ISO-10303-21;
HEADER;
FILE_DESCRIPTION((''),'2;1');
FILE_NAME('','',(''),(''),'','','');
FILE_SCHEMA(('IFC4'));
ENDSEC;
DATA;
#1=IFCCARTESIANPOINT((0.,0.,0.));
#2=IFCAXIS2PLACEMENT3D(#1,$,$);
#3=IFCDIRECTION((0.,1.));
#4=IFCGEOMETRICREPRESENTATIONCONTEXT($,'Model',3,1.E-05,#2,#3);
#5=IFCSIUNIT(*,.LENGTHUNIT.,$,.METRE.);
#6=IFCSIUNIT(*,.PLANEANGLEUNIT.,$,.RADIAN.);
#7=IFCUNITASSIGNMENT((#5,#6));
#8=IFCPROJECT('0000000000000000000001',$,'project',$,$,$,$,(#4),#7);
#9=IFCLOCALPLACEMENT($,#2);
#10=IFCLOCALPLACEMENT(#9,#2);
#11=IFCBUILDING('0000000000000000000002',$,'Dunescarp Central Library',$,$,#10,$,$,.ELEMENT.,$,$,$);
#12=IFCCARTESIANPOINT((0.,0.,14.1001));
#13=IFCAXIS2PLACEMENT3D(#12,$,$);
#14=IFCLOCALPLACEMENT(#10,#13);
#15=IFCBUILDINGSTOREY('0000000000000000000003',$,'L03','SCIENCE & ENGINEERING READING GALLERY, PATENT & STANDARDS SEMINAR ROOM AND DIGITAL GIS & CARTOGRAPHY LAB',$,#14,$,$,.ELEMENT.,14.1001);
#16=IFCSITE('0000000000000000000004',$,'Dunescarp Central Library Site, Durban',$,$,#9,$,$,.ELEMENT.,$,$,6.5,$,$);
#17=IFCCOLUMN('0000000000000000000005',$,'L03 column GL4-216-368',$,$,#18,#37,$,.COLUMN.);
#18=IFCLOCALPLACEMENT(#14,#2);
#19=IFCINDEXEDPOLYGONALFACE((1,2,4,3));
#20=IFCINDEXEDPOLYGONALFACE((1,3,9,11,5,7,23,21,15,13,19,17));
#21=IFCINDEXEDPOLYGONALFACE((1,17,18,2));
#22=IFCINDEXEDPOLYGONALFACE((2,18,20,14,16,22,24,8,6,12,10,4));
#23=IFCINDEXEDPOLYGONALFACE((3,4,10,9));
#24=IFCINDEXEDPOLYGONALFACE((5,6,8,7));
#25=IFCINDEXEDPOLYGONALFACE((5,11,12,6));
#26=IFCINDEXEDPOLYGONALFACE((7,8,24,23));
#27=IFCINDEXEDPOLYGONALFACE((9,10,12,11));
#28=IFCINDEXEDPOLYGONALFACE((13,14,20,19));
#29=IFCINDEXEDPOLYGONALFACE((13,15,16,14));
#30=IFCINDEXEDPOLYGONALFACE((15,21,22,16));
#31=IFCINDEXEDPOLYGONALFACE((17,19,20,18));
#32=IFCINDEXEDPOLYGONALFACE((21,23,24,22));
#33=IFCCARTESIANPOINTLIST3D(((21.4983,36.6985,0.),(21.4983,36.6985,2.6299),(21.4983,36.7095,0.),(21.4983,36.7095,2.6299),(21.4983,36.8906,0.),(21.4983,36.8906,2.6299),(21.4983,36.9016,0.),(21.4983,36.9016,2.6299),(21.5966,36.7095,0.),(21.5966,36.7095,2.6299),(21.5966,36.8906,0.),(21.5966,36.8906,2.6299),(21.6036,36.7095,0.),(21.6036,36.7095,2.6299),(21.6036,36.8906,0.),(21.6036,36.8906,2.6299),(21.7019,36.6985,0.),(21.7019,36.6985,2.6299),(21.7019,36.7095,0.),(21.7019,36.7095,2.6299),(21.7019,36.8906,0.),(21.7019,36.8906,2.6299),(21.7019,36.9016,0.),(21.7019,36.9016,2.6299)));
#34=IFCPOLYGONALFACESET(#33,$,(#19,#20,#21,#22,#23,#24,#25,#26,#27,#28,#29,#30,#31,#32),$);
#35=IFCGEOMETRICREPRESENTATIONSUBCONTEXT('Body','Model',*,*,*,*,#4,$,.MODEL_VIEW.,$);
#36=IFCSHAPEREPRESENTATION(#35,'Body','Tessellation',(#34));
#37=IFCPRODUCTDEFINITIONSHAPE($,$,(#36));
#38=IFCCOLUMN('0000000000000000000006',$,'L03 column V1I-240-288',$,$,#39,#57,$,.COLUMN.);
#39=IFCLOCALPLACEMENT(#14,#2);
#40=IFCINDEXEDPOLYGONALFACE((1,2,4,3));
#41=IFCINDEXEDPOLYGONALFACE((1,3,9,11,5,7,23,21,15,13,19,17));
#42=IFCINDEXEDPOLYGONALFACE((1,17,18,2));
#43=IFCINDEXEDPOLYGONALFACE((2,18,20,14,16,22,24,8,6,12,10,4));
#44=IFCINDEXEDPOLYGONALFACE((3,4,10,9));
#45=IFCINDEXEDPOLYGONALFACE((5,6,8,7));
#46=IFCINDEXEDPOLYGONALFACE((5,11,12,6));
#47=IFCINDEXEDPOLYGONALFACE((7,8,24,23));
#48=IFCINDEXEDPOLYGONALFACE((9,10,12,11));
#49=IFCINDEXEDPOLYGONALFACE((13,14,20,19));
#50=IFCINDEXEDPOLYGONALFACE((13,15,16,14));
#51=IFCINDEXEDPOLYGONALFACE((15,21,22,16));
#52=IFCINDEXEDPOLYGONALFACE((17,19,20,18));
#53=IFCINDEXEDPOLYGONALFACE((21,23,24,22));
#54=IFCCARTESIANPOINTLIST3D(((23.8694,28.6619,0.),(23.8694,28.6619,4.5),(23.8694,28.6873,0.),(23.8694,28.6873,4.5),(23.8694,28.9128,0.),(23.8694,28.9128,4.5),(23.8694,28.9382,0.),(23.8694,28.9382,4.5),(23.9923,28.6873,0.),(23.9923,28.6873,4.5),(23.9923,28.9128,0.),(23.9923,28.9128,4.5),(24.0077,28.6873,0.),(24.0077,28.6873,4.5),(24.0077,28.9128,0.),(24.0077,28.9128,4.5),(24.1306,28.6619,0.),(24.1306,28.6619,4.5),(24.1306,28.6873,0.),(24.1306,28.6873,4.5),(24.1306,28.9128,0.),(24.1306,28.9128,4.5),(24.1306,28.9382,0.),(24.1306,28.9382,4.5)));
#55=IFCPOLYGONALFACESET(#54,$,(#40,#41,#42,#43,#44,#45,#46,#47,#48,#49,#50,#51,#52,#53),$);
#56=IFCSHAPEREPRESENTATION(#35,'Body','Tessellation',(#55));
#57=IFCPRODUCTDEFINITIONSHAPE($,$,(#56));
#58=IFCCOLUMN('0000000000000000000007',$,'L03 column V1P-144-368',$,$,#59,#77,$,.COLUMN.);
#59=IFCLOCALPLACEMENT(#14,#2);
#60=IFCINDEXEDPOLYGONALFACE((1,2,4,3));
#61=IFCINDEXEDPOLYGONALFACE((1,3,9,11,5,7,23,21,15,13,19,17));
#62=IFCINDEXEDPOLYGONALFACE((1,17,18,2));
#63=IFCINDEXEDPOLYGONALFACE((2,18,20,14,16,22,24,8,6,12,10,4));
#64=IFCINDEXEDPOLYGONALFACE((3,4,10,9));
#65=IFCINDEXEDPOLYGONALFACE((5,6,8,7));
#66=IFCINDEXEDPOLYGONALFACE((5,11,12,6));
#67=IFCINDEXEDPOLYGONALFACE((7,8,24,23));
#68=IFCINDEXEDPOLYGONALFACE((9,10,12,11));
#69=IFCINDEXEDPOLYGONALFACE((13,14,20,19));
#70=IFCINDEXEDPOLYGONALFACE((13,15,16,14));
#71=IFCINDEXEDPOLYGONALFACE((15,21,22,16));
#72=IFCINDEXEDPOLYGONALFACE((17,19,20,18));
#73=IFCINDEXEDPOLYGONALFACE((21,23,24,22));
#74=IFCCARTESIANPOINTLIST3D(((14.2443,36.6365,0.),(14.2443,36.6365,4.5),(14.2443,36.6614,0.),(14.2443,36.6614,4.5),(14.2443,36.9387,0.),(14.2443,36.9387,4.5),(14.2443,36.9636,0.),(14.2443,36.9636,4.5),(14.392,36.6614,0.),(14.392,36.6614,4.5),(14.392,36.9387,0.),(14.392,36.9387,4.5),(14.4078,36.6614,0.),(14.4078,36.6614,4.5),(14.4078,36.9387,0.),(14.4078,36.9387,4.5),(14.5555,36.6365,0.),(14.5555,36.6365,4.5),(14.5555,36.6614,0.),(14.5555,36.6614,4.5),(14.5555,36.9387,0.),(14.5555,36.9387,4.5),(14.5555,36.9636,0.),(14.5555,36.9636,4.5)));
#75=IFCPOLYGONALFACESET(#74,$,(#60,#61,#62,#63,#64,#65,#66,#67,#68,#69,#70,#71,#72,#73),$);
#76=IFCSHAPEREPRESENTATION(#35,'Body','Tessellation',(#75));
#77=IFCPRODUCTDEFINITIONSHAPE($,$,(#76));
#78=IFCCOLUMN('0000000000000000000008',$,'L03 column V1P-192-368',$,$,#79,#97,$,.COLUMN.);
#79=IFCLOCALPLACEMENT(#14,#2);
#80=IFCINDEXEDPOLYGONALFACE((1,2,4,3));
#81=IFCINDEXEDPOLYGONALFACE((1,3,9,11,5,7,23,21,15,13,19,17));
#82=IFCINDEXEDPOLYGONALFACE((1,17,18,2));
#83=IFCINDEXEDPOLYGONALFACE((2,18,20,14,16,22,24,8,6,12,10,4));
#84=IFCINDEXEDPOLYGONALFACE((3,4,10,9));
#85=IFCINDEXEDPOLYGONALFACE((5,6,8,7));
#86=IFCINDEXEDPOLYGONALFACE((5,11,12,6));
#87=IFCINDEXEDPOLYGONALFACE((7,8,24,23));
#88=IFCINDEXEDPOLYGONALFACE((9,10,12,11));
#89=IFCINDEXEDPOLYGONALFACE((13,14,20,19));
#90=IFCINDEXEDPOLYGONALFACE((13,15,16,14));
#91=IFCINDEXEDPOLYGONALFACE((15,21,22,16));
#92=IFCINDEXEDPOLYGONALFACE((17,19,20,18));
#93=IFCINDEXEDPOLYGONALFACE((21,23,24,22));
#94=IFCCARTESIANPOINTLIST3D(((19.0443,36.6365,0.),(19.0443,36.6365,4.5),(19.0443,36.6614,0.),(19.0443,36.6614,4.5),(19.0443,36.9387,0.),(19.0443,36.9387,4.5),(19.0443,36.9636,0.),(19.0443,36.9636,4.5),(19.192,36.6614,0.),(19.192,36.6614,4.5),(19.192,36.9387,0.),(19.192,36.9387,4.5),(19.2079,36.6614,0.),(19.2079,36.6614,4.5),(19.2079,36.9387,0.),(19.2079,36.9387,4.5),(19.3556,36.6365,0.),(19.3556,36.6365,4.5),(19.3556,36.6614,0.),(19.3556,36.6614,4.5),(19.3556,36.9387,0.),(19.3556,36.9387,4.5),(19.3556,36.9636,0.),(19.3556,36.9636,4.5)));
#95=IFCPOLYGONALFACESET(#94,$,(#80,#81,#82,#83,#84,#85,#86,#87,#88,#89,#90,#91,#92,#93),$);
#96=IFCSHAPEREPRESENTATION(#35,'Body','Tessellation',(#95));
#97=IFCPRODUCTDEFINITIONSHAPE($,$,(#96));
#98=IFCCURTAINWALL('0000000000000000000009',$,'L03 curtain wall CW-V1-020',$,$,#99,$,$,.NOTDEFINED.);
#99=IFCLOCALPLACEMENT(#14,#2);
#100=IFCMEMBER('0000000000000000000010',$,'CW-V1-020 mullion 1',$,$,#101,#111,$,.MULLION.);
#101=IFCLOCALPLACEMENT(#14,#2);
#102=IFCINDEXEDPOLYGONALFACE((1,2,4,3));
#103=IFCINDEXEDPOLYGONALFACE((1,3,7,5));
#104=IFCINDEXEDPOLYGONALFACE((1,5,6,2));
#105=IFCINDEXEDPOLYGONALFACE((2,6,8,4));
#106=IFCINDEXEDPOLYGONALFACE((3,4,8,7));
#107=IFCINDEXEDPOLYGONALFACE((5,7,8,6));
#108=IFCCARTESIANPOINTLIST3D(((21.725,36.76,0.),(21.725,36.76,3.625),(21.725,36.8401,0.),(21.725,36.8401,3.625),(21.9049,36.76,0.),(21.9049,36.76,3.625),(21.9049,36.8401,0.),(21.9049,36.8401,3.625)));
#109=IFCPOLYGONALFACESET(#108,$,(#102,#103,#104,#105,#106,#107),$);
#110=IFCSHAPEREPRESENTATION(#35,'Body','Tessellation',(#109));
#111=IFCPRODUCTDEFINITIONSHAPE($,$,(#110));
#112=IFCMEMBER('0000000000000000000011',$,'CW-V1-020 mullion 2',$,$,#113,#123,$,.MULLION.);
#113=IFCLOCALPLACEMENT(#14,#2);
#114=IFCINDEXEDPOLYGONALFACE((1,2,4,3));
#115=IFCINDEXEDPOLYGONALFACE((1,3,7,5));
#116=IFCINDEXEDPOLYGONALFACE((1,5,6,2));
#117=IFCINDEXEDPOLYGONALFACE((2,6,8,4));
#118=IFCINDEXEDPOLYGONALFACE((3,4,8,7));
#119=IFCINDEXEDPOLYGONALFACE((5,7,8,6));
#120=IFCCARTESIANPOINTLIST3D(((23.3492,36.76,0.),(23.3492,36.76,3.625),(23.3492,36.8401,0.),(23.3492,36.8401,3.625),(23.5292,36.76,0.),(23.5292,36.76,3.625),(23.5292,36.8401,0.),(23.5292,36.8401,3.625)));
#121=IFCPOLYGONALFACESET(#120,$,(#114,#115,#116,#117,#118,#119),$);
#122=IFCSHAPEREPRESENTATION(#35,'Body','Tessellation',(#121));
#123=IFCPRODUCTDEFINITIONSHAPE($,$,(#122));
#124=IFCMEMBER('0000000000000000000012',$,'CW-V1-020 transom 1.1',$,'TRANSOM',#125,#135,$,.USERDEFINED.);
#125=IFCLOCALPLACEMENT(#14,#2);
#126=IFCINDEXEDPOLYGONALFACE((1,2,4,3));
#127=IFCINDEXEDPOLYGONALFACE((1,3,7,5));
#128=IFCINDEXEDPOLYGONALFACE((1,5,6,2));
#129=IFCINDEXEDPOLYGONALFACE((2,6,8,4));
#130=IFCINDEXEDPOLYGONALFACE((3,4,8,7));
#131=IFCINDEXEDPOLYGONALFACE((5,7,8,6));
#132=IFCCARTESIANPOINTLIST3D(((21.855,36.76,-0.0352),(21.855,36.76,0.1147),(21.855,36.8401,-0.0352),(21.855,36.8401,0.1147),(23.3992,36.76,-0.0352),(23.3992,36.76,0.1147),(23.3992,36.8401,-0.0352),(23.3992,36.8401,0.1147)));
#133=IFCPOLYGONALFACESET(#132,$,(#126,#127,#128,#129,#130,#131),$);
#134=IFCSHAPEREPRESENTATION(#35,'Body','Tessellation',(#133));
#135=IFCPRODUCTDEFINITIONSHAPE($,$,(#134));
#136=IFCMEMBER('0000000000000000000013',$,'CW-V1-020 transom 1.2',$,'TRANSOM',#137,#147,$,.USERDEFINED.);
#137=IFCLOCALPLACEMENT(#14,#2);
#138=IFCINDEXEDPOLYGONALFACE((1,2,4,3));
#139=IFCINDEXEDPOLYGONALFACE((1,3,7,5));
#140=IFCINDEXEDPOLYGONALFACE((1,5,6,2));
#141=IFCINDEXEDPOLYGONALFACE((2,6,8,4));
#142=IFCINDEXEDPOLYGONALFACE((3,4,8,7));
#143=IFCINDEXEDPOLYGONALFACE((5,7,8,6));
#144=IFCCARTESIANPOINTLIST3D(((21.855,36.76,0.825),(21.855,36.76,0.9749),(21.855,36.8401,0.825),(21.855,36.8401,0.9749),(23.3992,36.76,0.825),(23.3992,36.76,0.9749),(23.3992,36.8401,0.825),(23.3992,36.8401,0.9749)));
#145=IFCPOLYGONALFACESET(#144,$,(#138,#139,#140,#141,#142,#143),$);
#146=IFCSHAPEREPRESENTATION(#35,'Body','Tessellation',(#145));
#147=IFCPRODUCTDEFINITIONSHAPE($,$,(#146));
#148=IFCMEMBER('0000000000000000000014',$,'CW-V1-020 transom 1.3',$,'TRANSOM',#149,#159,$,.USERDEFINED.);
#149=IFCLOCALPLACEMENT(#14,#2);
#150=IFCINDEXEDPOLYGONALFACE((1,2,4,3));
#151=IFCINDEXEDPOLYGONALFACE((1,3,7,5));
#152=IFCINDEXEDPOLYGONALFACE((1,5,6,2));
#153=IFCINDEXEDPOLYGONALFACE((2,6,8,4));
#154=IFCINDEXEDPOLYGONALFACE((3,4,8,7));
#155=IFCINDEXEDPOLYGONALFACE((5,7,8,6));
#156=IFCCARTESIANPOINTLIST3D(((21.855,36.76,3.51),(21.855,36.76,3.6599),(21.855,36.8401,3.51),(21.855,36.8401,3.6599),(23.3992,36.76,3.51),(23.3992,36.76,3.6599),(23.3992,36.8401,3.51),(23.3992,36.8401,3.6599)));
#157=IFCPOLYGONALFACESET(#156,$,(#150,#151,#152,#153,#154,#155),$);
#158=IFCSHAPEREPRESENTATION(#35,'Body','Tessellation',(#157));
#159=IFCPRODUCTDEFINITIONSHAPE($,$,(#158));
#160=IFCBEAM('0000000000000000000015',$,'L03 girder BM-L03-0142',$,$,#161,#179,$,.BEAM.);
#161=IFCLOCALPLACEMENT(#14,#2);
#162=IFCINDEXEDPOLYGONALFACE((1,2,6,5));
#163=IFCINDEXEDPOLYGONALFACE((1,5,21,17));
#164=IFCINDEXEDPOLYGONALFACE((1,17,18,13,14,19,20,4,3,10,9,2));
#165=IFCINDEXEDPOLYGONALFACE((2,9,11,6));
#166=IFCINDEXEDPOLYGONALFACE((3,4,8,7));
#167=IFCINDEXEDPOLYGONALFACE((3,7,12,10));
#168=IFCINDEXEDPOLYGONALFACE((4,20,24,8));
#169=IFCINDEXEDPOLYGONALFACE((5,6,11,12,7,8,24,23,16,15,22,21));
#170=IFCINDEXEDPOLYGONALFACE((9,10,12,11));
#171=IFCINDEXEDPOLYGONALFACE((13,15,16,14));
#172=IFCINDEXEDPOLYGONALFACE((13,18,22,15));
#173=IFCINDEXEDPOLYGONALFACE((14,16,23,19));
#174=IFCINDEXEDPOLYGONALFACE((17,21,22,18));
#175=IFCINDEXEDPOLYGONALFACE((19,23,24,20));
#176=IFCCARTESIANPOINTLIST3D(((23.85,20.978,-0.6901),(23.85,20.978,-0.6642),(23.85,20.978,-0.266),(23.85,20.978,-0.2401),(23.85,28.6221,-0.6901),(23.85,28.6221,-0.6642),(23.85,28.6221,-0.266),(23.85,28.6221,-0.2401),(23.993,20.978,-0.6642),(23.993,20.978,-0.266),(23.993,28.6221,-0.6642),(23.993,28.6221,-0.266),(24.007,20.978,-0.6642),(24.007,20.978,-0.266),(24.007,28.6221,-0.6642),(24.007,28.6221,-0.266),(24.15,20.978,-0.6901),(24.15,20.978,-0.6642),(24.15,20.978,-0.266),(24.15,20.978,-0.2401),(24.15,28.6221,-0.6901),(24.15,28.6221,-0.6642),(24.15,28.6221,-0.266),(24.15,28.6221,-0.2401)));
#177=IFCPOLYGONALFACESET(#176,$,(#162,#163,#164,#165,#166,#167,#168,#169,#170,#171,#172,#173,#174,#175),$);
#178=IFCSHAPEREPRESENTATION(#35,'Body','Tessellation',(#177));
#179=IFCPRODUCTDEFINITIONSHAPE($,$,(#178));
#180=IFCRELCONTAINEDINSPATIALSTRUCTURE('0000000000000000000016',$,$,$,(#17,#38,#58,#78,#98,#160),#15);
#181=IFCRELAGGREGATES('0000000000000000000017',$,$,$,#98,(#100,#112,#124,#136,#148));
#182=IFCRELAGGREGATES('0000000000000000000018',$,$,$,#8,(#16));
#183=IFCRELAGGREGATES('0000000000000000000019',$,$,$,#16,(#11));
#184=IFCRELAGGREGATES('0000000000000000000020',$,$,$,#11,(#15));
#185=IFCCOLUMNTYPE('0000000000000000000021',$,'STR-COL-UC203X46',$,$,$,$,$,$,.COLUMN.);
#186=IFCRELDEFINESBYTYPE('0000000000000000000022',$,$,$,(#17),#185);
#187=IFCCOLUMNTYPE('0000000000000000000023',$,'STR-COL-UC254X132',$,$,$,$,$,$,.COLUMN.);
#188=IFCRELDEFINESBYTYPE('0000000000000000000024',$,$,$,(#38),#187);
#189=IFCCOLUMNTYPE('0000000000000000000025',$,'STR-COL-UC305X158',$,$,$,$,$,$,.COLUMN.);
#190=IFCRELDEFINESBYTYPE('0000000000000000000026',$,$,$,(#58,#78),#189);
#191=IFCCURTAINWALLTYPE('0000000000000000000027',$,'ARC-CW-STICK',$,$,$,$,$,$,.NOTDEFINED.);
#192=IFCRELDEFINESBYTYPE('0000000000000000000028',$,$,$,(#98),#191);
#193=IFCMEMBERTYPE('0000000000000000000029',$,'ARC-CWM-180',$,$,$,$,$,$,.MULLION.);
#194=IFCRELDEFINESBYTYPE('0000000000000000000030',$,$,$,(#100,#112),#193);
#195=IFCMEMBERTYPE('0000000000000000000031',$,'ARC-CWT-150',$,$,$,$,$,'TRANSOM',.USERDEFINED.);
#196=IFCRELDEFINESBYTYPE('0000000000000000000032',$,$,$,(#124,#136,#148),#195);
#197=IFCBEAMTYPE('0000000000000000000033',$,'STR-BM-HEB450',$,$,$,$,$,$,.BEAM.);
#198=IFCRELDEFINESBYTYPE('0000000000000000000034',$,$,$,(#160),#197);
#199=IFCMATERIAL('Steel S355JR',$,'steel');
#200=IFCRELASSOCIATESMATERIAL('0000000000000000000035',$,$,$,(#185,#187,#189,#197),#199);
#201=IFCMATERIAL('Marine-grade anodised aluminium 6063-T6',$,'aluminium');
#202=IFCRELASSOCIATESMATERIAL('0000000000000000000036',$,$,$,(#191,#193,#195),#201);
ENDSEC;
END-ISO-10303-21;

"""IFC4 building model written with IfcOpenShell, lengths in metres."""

from ifc_helpers import new_model, si_unit, direction, frame, origin, origin_2d, place, context, subcontext, project, spatial, rectangle, i_section, extrude, material, material_profile, profile_set, type_object, element, aggregate, save


model = new_model("IFC4")

# Units and contexts
model_context = context("Model", 3, precision=1e-05, world=origin(), true_north=direction((0.0, 1.0)))
body_context = subcontext(model_context, "Body", "Model", "MODEL_VIEW")
ifc_project = project(units=[si_unit("LENGTHUNIT", "METRE"), si_unit("PLANEANGLEUNIT", "RADIAN")], contexts=[model_context])

# Site, building, storey
site_placement = place(None, origin())
site = spatial("IfcSite", under=ifc_project, at=site_placement, Name="Dunescarp Central Library Site, Durban", CompositionType="ELEMENT", RefElevation=6.5)
building_placement = place(site_placement, origin())
building = spatial("IfcBuilding", under=site, at=building_placement, Name="Dunescarp Central Library", CompositionType="ELEMENT")
storey_placement = place(building_placement, frame((0.0, 0.0, 14.1001)))
storey = spatial("IfcBuildingStorey", under=building, at=storey_placement, Name="L03", Description="SCIENCE & ENGINEERING READING GALLERY, PATENT & STANDARDS SEMINAR ROOM AND DIGITAL GIS & CARTOGRAPHY LAB", CompositionType="ELEMENT", Elevation=14.1001)

# Columns
ifc_material_1 = material(Name="Steel S355JR", Category="steel")
ifc_material_profile_1 = material_profile(ifc_material_1, i_section(OverallWidth=0.2036, OverallDepth=0.2031, WebThickness=0.0071, FlangeThickness=0.011, at=origin_2d()), Name="UC 203x203x46")
ifc_profile_set_1 = profile_set([ifc_material_profile_1], Name="Steel S355JR")
column_type_1 = type_object("IfcColumnType", Name="STR-COL-UC203X46", PredefinedType="COLUMN", material=ifc_profile_set_1)
column_1_placement = place(storey_placement, frame((21.6001, 36.8, 0.0), z_axis=(0.0, 0.0, 1.0), x_axis=(1.0, 0.0, 0.0)))
element("IfcColumn", 1, at=column_1_placement, inside=storey, type_object=column_type_1, Name="L03 column GL4-216-368", PredefinedType="COLUMN", context=body_context, shape_type="SweptSolid", body=[
    extrude(i_section(OverallWidth=0.2036, OverallDepth=0.2031, WebThickness=0.0071, FlangeThickness=0.011, at=origin_2d()), origin(), (0.0, 0.0, 1.0), 2.6299),
])
ifc_material_profile_2 = material_profile(ifc_material_1, i_section(OverallWidth=0.2612, OverallDepth=0.2764, WebThickness=0.0154, FlangeThickness=0.0254, at=origin_2d()), Name="UC 254x254x132")
ifc_profile_set_2 = profile_set([ifc_material_profile_2], Name="Steel S355JR")
column_type_2 = type_object("IfcColumnType", Name="STR-COL-UC254X132", PredefinedType="COLUMN", material=ifc_profile_set_2)
column_2_placement = place(storey_placement, frame((24.0, 28.8, 0.0), z_axis=(0.0, 0.0, 1.0), x_axis=(1.0, 0.0, 0.0)))
element("IfcColumn", 2, at=column_2_placement, inside=storey, type_object=column_type_2, Name="L03 column V1I-240-288", PredefinedType="COLUMN", context=body_context, shape_type="SweptSolid", body=[
    extrude(i_section(OverallWidth=0.2612, OverallDepth=0.2764, WebThickness=0.0154, FlangeThickness=0.0254, at=origin_2d()), origin(), (0.0, 0.0, 1.0), 4.5),
])
ifc_material_profile_3 = material_profile(ifc_material_1, i_section(OverallWidth=0.3113, OverallDepth=0.3271, WebThickness=0.0159, FlangeThickness=0.0249, at=origin_2d()), Name="UC 305x305x158")
ifc_profile_set_3 = profile_set([ifc_material_profile_3], Name="Steel S355JR")
column_type_3 = type_object("IfcColumnType", Name="STR-COL-UC305X158", PredefinedType="COLUMN", material=ifc_profile_set_3)
for number, where, z_axis, x_axis, name in (
    (3, (14.3999, 36.8, 0.0), (0.0, 0.0, 1.0), (1.0, 0.0, 0.0), "L03 column V1P-144-368"),
    (4, (19.2, 36.8, 0.0), (0.0, 0.0, 1.0), (1.0, 0.0, 0.0), "L03 column V1P-192-368"),
):
    element("IfcColumn", number, at=place(storey_placement, frame(where, z_axis=z_axis, x_axis=x_axis)), inside=storey, type_object=column_type_3, Name=name, PredefinedType="COLUMN", context=body_context, shape_type="SweptSolid", body=[
        extrude(i_section(OverallWidth=0.3113, OverallDepth=0.3271, WebThickness=0.0159, FlangeThickness=0.0249, at=origin_2d()), origin(), (0.0, 0.0, 1.0), 4.5),
    ])

# Curtain wall, members
ifc_material_2 = material(Name="Marine-grade anodised aluminium 6063-T6", Category="aluminium")
curtain_wall_type = type_object("IfcCurtainWallType", Name="ARC-CW-STICK", PredefinedType="NOTDEFINED", material=ifc_material_2)
curtain_wall_placement = place(storey_placement, origin())
curtain_wall = element("IfcCurtainWall", 5, at=curtain_wall_placement, inside=storey, type_object=curtain_wall_type, Name="L03 curtain wall CW-V1-020", PredefinedType="NOTDEFINED")
ifc_material_profile_4 = material_profile(ifc_material_2, rectangle(XDim=0.0801, YDim=0.1799, at=origin_2d()), Name="AL 80x180")
ifc_profile_set_4 = profile_set([ifc_material_profile_4], Name="Marine-grade anodised aluminium 6063-T6")
member_type_1 = type_object("IfcMemberType", Name="ARC-CWM-180", PredefinedType="MULLION", material=ifc_profile_set_4)
member_1_placement = place(storey_placement, frame((21.8149, 36.8, 0.0), z_axis=(0.0, 0.0, 1.0), x_axis=(0.0, 1.0, 0.0)))
member_1 = element("IfcMember", 6, at=member_1_placement, type_object=member_type_1, Name="CW-V1-020 mullion 1", PredefinedType="MULLION", context=body_context, shape_type="SweptSolid", body=[
    extrude(rectangle(XDim=0.0801, YDim=0.1799, at=origin_2d()), origin(), (0.0, 0.0, 1.0), 3.625),
])
member_2_placement = place(storey_placement, frame((23.4392, 36.8, 0.0), z_axis=(0.0, 0.0, 1.0), x_axis=(0.0, 1.0, 0.0)))
member_2 = element("IfcMember", 7, at=member_2_placement, type_object=member_type_1, Name="CW-V1-020 mullion 2", PredefinedType="MULLION", context=body_context, shape_type="SweptSolid", body=[
    extrude(rectangle(XDim=0.0801, YDim=0.1799, at=origin_2d()), origin(), (0.0, 0.0, 1.0), 3.625),
])
ifc_material_profile_5 = material_profile(ifc_material_2, rectangle(XDim=0.0801, YDim=0.1499, at=origin_2d()), Name="AL 80x150")
ifc_profile_set_5 = profile_set([ifc_material_profile_5], Name="Marine-grade anodised aluminium 6063-T6")
member_type_2 = type_object("IfcMemberType", Name="ARC-CWT-150", ElementType="TRANSOM", PredefinedType="USERDEFINED", material=ifc_profile_set_5)
member_3_placement = place(storey_placement, frame((21.855, 36.8, 0.0398), z_axis=(1.0, 0.0, 0.0), x_axis=(0.0, 1.0, 0.0)))
member_3 = element("IfcMember", 8, at=member_3_placement, type_object=member_type_2, Name="CW-V1-020 transom 1.1", ObjectType="TRANSOM", PredefinedType="USERDEFINED", context=body_context, shape_type="SweptSolid", body=[
    extrude(rectangle(XDim=0.0801, YDim=0.1499, at=origin_2d()), origin(), (0.0, 0.0, 1.0), 1.5442),
])
member_4_placement = place(storey_placement, frame((21.855, 36.8, 0.8999), z_axis=(1.0, 0.0, 0.0), x_axis=(0.0, 1.0, 0.0)))
member_4 = element("IfcMember", 9, at=member_4_placement, type_object=member_type_2, Name="CW-V1-020 transom 1.2", ObjectType="TRANSOM", PredefinedType="USERDEFINED", context=body_context, shape_type="SweptSolid", body=[
    extrude(rectangle(XDim=0.0801, YDim=0.1499, at=origin_2d()), origin(), (0.0, 0.0, 1.0), 1.5442),
])
member_5_placement = place(storey_placement, frame((21.855, 36.8, 3.585), z_axis=(1.0, 0.0, 0.0), x_axis=(0.0, 1.0, 0.0)))
member_5 = element("IfcMember", 10, at=member_5_placement, type_object=member_type_2, Name="CW-V1-020 transom 1.3", ObjectType="TRANSOM", PredefinedType="USERDEFINED", context=body_context, shape_type="SweptSolid", body=[
    extrude(rectangle(XDim=0.0801, YDim=0.1499, at=origin_2d()), origin(), (0.0, 0.0, 1.0), 1.5442),
])

# Beam
ifc_material_profile_6 = material_profile(ifc_material_1, i_section(OverallWidth=0.3, OverallDepth=0.45, WebThickness=0.0139, FlangeThickness=0.0259, at=origin_2d()), Name="HEB 450")
ifc_profile_set_6 = profile_set([ifc_material_profile_6], Name="Steel S355JR")
beam_type_1 = type_object("IfcBeamType", Name="STR-BM-HEB450", PredefinedType="BEAM", material=ifc_profile_set_6)
for number, where, z_axis, x_axis, name in (
    (11, (24.0, 20.978, -0.4651), (0.0, 1.0, 0.0), (-1.0, 0.0, 0.0), "L03 girder BM-L03-0142"),
):
    element("IfcBeam", number, at=place(storey_placement, frame(where, z_axis=z_axis, x_axis=x_axis)), inside=storey, type_object=beam_type_1, Name=name, PredefinedType="BEAM", context=body_context, shape_type="SweptSolid", body=[
        extrude(i_section(OverallWidth=0.3, OverallDepth=0.45, WebThickness=0.0139, FlangeThickness=0.0259, at=origin_2d()), origin(), (0.0, 0.0, 1.0), 7.644),
    ])

aggregate(curtain_wall, [member_1, member_2, member_3, member_4, member_5])

save(model, "model.ifc")
